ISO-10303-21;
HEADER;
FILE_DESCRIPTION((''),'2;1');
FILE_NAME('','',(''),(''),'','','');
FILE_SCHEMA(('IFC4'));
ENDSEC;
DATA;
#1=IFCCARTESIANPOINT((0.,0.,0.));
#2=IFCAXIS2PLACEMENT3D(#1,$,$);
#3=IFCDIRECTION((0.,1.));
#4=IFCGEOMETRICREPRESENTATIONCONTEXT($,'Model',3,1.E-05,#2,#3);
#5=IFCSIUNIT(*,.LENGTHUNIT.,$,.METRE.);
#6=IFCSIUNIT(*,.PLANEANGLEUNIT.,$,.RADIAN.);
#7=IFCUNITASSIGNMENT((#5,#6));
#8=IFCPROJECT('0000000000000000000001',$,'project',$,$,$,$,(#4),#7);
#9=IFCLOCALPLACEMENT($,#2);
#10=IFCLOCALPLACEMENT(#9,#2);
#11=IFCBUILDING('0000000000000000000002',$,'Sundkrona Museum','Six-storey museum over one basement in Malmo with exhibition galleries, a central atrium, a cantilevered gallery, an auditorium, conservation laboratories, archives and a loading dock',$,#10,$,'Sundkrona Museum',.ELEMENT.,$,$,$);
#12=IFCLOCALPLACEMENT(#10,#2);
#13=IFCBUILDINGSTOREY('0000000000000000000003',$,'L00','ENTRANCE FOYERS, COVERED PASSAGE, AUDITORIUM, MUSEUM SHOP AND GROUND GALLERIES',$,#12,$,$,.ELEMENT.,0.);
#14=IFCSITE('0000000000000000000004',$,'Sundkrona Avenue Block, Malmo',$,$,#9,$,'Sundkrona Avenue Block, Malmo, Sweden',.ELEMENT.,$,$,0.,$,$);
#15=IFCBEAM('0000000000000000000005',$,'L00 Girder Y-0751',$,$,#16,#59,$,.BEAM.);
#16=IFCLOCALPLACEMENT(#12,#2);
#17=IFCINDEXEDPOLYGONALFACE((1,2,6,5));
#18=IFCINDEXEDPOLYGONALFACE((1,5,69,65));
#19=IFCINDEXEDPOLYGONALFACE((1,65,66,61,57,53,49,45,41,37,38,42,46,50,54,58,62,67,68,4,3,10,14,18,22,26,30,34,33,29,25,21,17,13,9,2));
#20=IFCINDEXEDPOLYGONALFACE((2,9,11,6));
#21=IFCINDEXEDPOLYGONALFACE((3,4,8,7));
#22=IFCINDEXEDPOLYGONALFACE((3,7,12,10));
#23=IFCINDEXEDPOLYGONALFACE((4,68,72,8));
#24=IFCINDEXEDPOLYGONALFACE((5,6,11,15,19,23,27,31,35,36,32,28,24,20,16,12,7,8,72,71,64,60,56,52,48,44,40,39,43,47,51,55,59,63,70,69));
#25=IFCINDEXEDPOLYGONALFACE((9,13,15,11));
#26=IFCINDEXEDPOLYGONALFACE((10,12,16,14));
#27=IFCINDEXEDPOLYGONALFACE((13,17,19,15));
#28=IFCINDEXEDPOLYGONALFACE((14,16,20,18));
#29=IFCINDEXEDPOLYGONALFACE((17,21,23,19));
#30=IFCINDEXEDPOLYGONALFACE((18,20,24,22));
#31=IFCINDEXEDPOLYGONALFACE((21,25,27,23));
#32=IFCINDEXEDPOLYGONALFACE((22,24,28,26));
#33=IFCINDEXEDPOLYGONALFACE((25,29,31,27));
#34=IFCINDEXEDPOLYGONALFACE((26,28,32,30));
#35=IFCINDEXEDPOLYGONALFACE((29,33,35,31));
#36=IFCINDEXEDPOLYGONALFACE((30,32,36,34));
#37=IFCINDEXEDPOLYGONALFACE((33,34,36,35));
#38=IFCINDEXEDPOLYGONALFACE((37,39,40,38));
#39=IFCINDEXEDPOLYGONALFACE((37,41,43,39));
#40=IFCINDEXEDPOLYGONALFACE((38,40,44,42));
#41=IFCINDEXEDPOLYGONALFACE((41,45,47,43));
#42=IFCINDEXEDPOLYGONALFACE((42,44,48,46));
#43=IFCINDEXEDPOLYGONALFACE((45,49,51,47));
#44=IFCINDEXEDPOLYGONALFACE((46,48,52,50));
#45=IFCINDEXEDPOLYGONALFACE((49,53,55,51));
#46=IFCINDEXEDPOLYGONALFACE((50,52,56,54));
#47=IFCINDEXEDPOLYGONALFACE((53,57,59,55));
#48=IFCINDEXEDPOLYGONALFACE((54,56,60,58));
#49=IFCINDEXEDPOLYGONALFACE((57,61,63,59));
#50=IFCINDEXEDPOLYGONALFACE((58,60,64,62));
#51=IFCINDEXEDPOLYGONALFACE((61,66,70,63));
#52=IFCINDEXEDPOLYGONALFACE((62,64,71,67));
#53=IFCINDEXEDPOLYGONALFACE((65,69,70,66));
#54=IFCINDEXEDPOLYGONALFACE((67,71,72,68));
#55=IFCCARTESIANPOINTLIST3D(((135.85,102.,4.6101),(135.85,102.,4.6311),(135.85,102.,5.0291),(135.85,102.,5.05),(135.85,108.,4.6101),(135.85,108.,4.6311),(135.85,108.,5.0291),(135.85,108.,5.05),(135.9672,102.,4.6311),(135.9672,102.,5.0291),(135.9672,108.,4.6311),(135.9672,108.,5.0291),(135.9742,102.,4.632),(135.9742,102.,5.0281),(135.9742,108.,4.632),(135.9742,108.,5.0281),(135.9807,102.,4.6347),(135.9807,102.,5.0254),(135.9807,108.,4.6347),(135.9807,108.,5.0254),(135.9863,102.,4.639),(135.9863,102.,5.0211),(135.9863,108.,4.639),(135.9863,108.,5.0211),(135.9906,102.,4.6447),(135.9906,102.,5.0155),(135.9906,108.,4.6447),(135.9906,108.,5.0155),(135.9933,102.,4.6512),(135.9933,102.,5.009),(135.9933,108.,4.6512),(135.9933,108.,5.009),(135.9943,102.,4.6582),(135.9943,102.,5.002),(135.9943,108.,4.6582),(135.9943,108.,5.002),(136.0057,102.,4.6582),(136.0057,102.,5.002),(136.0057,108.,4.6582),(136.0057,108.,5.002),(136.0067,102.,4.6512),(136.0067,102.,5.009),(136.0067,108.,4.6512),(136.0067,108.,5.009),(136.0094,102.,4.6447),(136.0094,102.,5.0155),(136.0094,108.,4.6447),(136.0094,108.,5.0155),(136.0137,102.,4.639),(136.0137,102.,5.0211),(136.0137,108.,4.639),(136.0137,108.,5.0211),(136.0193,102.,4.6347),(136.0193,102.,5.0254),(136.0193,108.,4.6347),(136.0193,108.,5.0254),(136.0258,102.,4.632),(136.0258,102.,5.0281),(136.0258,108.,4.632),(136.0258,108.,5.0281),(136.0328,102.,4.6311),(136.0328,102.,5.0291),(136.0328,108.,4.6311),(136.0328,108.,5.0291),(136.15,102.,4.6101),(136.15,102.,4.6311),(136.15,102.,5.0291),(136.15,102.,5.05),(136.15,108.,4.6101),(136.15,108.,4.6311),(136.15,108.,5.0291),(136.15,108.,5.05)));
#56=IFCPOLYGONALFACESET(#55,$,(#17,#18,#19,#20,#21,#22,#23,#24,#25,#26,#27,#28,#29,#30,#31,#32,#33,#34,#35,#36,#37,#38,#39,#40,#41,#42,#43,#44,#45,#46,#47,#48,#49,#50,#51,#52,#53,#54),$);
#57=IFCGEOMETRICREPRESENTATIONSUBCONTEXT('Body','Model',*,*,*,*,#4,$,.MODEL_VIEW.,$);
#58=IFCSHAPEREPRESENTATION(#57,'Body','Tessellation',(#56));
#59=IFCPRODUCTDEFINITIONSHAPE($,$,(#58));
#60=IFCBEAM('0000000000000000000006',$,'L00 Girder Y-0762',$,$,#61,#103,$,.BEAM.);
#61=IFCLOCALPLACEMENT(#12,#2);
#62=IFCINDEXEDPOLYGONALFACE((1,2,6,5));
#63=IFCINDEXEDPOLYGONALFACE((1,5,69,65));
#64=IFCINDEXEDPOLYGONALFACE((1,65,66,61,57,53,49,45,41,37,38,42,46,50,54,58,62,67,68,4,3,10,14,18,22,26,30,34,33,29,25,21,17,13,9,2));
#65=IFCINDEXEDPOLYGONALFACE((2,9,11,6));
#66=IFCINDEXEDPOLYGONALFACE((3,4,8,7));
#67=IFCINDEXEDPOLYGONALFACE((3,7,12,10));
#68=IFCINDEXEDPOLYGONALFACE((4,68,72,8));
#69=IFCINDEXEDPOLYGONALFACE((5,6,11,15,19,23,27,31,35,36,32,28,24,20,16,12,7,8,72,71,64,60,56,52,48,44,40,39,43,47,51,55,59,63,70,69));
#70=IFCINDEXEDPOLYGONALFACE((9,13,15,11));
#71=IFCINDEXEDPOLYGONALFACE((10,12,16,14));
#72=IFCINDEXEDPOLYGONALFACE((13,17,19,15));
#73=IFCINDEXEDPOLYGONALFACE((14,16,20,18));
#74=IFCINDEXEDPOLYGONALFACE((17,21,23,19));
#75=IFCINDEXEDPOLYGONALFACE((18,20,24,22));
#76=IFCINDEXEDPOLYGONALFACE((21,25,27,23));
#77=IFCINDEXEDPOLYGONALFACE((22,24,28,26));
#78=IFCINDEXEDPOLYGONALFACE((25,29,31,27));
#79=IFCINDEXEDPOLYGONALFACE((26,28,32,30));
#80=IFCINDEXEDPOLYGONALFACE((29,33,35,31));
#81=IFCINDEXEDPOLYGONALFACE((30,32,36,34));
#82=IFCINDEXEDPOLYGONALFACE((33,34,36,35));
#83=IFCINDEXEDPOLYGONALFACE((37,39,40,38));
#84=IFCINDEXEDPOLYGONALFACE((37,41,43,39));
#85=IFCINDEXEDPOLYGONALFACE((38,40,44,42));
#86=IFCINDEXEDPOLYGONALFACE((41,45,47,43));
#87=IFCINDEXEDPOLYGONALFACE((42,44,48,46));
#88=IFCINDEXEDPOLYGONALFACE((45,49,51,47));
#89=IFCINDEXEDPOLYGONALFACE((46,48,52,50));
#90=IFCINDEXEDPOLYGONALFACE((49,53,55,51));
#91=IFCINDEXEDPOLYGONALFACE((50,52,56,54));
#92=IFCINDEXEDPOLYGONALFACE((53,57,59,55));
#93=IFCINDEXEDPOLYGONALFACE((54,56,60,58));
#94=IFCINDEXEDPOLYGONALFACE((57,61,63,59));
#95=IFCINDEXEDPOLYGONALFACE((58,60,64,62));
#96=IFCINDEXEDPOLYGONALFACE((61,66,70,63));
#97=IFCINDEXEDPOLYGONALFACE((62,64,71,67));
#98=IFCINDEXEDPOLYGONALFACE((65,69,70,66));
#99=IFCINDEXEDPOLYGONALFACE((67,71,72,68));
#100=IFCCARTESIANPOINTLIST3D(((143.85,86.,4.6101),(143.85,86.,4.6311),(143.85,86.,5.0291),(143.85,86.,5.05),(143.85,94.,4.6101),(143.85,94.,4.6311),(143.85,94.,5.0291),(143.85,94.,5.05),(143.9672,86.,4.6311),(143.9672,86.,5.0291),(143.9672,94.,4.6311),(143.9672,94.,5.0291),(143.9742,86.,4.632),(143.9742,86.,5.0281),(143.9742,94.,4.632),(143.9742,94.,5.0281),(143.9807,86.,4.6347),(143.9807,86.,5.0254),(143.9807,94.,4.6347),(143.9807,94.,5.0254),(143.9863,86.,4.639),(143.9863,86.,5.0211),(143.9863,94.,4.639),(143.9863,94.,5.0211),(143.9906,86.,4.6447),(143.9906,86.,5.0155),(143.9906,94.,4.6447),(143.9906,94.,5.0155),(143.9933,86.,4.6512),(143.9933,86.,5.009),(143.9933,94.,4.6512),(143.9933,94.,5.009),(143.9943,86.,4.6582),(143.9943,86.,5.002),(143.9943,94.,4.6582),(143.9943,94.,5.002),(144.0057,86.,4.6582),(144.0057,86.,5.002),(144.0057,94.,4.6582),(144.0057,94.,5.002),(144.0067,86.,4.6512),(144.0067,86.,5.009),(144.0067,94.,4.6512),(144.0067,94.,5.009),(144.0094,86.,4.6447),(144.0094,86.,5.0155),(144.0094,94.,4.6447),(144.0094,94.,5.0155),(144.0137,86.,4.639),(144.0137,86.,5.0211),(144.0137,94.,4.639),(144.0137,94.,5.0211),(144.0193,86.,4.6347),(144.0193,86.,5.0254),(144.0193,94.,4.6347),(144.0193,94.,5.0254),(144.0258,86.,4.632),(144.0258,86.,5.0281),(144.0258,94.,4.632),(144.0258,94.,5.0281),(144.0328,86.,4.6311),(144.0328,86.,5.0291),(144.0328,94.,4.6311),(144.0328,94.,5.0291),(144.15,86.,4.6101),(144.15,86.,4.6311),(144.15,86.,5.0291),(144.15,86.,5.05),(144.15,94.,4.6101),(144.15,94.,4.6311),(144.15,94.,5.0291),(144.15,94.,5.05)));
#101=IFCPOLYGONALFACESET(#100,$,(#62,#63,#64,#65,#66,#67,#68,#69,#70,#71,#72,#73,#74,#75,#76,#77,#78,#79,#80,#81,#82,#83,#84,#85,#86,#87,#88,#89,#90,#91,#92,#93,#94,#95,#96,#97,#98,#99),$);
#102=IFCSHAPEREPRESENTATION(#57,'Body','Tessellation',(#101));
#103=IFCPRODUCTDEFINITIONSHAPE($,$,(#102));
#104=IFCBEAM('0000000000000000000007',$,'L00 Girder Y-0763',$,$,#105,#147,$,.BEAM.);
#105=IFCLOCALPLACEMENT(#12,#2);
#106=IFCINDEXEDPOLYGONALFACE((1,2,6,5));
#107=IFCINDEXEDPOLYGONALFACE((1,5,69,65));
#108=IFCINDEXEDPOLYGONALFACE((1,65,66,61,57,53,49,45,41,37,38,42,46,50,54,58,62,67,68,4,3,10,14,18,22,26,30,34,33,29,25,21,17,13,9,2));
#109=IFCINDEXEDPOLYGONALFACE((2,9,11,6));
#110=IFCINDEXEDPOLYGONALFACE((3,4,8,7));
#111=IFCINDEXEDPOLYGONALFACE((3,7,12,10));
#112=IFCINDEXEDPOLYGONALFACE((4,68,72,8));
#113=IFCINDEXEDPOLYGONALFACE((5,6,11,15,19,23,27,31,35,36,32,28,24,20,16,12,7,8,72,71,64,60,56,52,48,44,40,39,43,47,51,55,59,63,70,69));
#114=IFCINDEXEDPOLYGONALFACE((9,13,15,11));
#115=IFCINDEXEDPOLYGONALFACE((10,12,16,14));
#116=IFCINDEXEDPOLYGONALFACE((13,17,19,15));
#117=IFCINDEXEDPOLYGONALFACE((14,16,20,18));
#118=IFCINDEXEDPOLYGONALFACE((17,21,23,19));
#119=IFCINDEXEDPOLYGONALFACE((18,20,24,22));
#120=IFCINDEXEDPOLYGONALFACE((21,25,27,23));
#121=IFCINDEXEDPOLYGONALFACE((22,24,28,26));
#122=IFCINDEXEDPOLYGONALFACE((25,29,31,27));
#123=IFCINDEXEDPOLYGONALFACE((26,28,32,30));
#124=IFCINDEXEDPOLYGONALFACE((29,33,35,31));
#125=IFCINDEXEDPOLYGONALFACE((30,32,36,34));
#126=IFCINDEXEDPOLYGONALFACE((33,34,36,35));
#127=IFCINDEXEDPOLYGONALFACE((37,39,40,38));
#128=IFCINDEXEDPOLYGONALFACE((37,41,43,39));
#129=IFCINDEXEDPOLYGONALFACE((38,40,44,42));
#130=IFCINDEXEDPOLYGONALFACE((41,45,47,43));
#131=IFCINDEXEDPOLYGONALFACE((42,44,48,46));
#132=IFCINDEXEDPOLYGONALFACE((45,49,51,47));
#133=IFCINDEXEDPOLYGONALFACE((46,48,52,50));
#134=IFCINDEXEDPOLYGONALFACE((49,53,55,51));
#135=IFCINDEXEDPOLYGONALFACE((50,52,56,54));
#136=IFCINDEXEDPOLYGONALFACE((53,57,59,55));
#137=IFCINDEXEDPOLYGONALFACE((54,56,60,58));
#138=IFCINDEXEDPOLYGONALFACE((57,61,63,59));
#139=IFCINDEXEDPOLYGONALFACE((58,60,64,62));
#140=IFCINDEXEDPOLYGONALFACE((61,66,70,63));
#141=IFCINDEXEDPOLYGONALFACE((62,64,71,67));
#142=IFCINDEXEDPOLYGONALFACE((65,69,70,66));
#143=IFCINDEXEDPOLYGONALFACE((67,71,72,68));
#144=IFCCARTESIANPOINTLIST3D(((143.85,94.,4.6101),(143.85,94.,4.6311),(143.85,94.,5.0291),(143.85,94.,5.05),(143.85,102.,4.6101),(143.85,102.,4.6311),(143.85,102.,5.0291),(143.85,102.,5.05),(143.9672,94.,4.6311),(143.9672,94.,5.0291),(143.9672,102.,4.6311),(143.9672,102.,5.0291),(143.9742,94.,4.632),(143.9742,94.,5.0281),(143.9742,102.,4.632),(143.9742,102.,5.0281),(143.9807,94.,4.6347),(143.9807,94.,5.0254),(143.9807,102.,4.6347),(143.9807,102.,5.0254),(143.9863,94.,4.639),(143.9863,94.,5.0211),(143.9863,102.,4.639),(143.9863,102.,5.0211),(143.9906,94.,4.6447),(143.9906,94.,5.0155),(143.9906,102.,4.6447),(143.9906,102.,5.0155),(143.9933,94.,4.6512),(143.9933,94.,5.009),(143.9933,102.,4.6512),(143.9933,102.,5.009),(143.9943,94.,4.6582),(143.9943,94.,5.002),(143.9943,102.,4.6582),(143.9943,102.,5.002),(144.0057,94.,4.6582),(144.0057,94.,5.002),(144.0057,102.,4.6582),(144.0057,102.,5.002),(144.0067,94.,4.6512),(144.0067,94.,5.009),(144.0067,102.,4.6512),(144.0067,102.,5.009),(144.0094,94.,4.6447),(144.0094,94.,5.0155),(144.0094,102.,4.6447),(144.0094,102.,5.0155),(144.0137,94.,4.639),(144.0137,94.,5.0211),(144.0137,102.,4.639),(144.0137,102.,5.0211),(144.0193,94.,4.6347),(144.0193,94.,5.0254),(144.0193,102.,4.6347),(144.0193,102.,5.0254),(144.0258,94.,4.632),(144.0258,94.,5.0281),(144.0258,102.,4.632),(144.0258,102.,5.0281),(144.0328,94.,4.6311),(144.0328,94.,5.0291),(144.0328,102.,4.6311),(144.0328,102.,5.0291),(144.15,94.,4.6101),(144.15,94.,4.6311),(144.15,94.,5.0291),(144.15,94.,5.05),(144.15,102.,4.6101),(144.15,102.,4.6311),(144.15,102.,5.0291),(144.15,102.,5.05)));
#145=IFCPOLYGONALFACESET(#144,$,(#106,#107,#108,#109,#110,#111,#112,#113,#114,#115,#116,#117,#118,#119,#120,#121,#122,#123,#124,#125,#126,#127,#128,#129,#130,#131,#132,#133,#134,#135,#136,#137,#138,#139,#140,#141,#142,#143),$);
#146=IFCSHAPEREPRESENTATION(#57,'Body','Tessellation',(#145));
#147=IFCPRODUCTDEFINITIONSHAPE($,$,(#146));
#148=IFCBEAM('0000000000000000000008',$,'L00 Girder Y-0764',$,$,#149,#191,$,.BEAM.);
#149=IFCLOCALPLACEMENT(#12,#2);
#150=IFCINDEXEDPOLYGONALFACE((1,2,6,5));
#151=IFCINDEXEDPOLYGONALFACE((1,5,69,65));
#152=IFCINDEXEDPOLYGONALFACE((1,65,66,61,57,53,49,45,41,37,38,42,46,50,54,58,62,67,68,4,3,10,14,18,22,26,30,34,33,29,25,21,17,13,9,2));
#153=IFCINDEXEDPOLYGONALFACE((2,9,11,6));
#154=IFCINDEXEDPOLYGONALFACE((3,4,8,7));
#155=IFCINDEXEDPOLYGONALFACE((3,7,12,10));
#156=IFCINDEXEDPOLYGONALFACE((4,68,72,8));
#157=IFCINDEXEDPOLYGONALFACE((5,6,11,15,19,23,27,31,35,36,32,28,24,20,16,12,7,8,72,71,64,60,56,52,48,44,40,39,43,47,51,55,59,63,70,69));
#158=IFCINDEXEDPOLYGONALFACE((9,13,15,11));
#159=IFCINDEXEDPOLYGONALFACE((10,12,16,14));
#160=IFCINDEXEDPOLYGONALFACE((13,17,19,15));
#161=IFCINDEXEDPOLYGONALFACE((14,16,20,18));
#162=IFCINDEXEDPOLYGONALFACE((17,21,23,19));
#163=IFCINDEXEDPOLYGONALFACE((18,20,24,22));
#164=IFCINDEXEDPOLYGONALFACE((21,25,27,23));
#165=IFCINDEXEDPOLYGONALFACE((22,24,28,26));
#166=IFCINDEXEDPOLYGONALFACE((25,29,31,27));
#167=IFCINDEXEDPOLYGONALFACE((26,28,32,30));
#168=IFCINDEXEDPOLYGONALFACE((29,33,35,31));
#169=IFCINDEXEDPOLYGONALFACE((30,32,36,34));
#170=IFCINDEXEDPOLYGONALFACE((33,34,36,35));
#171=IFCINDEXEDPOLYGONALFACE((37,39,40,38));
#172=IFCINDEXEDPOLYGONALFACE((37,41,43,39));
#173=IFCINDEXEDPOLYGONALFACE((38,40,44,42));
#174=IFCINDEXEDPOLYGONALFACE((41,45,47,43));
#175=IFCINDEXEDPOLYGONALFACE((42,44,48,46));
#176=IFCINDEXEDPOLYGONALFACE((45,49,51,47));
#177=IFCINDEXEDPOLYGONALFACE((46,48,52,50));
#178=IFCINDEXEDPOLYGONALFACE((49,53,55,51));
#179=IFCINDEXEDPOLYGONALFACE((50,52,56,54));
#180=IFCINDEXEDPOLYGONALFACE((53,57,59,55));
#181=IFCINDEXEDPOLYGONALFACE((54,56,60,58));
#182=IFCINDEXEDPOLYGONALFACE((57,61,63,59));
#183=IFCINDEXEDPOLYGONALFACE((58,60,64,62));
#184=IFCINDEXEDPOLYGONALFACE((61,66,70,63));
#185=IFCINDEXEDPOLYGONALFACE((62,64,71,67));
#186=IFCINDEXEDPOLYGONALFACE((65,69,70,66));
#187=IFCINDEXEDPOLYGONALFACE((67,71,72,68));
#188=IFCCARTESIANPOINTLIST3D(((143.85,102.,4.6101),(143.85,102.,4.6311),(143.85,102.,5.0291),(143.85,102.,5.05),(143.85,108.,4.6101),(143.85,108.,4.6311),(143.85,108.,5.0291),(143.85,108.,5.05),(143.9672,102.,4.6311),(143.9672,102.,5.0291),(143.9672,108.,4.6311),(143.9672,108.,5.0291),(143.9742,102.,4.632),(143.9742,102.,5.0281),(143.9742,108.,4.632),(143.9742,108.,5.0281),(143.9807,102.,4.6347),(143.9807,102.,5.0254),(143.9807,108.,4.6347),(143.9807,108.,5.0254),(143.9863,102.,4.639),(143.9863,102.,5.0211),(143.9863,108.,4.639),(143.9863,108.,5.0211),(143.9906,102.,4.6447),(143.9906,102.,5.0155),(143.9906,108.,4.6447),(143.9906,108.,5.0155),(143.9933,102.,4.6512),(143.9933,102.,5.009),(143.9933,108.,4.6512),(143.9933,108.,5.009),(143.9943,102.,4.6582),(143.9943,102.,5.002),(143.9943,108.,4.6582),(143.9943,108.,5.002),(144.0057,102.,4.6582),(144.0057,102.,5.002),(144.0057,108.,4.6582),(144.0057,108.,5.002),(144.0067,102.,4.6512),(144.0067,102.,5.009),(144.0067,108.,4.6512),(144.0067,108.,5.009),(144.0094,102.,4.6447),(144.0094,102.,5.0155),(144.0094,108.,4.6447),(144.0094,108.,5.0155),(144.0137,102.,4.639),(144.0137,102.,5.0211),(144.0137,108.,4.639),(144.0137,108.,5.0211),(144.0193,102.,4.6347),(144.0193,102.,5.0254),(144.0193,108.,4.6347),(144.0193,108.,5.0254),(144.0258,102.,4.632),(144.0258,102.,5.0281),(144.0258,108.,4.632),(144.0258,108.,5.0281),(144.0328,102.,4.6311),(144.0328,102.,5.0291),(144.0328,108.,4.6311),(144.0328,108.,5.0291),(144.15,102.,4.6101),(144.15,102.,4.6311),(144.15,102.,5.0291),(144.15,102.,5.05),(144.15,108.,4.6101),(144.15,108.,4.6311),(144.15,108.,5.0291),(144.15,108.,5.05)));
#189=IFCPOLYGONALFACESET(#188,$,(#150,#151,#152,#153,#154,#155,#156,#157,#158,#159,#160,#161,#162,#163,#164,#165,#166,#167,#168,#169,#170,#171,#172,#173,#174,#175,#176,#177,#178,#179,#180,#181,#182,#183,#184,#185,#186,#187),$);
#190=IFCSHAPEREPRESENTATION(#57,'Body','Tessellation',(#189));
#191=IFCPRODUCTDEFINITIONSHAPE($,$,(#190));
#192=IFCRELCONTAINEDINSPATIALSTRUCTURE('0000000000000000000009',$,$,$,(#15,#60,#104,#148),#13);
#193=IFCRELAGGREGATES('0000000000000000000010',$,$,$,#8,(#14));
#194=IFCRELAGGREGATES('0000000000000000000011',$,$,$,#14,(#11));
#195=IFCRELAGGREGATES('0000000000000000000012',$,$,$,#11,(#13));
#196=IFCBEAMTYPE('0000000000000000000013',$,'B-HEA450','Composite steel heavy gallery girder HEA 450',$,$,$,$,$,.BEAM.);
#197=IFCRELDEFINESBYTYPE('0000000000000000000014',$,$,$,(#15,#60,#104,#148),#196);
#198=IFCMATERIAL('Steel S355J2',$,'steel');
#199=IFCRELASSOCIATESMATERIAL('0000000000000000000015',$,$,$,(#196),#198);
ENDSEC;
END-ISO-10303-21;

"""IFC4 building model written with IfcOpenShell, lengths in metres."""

from ifc_helpers import new_model, si_unit, direction, frame, origin, origin_2d, place, context, subcontext, project, spatial, i_section, extrude, material, material_profile, profile_set, type_object, element, save


model = new_model("IFC4")

# Units and contexts
model_context = context("Model", 3, precision=1e-05, world=origin(), true_north=direction((0.0, 1.0)))
body_context = subcontext(model_context, "Body", "Model", "MODEL_VIEW")
ifc_project = project(units=[si_unit("LENGTHUNIT", "METRE"), si_unit("PLANEANGLEUNIT", "RADIAN")], contexts=[model_context])

# Site, building, storey
site_placement = place(None, origin())
site = spatial("IfcSite", under=ifc_project, at=site_placement, Name="Sundkrona Avenue Block, Malmo", LongName="Sundkrona Avenue Block, Malmo, Sweden", CompositionType="ELEMENT", RefElevation=0.0)
building_placement = place(site_placement, origin())
building = spatial("IfcBuilding", under=site, at=building_placement, Name="Sundkrona Museum", Description="Six-storey museum over one basement in Malmo with exhibition galleries, a central atrium, a cantilevered gallery, an auditorium, conservation laboratories, archives and a loading dock", LongName="Sundkrona Museum", CompositionType="ELEMENT")
storey_placement = place(building_placement, origin())
storey = spatial("IfcBuildingStorey", under=building, at=storey_placement, Name="L00", Description="ENTRANCE FOYERS, COVERED PASSAGE, AUDITORIUM, MUSEUM SHOP AND GROUND GALLERIES", CompositionType="ELEMENT", Elevation=0.0)

# Shared definitions
ifc_material = material(Name="Steel S355J2", Category="steel")

# Beams
ifc_material_profile_1 = material_profile(ifc_material, i_section(OverallWidth=0.3, OverallDepth=0.4399, WebThickness=0.0115, FlangeThickness=0.021, FilletRadius=0.0271, at=origin_2d()), Name="HEA 450")
ifc_profile_set_1 = profile_set([ifc_material_profile_1], Name="Steel S355J2")
beam_type_1 = type_object("IfcBeamType", Name="B-HEA450", Description="Composite steel heavy gallery girder HEA 450", PredefinedType="BEAM", material=ifc_profile_set_1)
beam_1_placement = place(storey_placement, frame((136.0, 102.0, 4.8301), z_axis=(0.0, 1.0, 0.0), x_axis=(-1.0, 0.0, 0.0)))
element("IfcBeam", 1, at=beam_1_placement, inside=storey, type_object=beam_type_1, Name="L00 Girder Y-0751", PredefinedType="BEAM", context=body_context, shape_type="SweptSolid", body=[
    extrude(i_section(OverallWidth=0.3, OverallDepth=0.4399, WebThickness=0.0115, FlangeThickness=0.021, FilletRadius=0.0271, at=origin_2d()), origin(), (0.0, 0.0, 1.0), 6.0),
])
for number, where, z_axis, x_axis, name in (
    (2, (144.0, 86.0, 4.8301), (0.0, 1.0, 0.0), (-1.0, 0.0, 0.0), "L00 Girder Y-0762"),
    (3, (144.0, 94.0, 4.8301), (0.0, 1.0, 0.0), (-1.0, 0.0, 0.0), "L00 Girder Y-0763"),
):
    element("IfcBeam", number, at=place(storey_placement, frame(where, z_axis=z_axis, x_axis=x_axis)), inside=storey, type_object=beam_type_1, Name=name, PredefinedType="BEAM", context=body_context, shape_type="SweptSolid", body=[
        extrude(i_section(OverallWidth=0.3, OverallDepth=0.4399, WebThickness=0.0115, FlangeThickness=0.021, FilletRadius=0.0271, at=origin_2d()), origin(), (0.0, 0.0, 1.0), 8.0),
    ])
beam_2_placement = place(storey_placement, frame((144.0, 102.0, 4.8301), z_axis=(0.0, 1.0, 0.0), x_axis=(-1.0, 0.0, 0.0)))
element("IfcBeam", 4, at=beam_2_placement, inside=storey, type_object=beam_type_1, Name="L00 Girder Y-0764", PredefinedType="BEAM", context=body_context, shape_type="SweptSolid", body=[
    extrude(i_section(OverallWidth=0.3, OverallDepth=0.4399, WebThickness=0.0115, FlangeThickness=0.021, FilletRadius=0.0271, at=origin_2d()), origin(), (0.0, 0.0, 1.0), 6.0),
])

save(model, "model.ifc")
